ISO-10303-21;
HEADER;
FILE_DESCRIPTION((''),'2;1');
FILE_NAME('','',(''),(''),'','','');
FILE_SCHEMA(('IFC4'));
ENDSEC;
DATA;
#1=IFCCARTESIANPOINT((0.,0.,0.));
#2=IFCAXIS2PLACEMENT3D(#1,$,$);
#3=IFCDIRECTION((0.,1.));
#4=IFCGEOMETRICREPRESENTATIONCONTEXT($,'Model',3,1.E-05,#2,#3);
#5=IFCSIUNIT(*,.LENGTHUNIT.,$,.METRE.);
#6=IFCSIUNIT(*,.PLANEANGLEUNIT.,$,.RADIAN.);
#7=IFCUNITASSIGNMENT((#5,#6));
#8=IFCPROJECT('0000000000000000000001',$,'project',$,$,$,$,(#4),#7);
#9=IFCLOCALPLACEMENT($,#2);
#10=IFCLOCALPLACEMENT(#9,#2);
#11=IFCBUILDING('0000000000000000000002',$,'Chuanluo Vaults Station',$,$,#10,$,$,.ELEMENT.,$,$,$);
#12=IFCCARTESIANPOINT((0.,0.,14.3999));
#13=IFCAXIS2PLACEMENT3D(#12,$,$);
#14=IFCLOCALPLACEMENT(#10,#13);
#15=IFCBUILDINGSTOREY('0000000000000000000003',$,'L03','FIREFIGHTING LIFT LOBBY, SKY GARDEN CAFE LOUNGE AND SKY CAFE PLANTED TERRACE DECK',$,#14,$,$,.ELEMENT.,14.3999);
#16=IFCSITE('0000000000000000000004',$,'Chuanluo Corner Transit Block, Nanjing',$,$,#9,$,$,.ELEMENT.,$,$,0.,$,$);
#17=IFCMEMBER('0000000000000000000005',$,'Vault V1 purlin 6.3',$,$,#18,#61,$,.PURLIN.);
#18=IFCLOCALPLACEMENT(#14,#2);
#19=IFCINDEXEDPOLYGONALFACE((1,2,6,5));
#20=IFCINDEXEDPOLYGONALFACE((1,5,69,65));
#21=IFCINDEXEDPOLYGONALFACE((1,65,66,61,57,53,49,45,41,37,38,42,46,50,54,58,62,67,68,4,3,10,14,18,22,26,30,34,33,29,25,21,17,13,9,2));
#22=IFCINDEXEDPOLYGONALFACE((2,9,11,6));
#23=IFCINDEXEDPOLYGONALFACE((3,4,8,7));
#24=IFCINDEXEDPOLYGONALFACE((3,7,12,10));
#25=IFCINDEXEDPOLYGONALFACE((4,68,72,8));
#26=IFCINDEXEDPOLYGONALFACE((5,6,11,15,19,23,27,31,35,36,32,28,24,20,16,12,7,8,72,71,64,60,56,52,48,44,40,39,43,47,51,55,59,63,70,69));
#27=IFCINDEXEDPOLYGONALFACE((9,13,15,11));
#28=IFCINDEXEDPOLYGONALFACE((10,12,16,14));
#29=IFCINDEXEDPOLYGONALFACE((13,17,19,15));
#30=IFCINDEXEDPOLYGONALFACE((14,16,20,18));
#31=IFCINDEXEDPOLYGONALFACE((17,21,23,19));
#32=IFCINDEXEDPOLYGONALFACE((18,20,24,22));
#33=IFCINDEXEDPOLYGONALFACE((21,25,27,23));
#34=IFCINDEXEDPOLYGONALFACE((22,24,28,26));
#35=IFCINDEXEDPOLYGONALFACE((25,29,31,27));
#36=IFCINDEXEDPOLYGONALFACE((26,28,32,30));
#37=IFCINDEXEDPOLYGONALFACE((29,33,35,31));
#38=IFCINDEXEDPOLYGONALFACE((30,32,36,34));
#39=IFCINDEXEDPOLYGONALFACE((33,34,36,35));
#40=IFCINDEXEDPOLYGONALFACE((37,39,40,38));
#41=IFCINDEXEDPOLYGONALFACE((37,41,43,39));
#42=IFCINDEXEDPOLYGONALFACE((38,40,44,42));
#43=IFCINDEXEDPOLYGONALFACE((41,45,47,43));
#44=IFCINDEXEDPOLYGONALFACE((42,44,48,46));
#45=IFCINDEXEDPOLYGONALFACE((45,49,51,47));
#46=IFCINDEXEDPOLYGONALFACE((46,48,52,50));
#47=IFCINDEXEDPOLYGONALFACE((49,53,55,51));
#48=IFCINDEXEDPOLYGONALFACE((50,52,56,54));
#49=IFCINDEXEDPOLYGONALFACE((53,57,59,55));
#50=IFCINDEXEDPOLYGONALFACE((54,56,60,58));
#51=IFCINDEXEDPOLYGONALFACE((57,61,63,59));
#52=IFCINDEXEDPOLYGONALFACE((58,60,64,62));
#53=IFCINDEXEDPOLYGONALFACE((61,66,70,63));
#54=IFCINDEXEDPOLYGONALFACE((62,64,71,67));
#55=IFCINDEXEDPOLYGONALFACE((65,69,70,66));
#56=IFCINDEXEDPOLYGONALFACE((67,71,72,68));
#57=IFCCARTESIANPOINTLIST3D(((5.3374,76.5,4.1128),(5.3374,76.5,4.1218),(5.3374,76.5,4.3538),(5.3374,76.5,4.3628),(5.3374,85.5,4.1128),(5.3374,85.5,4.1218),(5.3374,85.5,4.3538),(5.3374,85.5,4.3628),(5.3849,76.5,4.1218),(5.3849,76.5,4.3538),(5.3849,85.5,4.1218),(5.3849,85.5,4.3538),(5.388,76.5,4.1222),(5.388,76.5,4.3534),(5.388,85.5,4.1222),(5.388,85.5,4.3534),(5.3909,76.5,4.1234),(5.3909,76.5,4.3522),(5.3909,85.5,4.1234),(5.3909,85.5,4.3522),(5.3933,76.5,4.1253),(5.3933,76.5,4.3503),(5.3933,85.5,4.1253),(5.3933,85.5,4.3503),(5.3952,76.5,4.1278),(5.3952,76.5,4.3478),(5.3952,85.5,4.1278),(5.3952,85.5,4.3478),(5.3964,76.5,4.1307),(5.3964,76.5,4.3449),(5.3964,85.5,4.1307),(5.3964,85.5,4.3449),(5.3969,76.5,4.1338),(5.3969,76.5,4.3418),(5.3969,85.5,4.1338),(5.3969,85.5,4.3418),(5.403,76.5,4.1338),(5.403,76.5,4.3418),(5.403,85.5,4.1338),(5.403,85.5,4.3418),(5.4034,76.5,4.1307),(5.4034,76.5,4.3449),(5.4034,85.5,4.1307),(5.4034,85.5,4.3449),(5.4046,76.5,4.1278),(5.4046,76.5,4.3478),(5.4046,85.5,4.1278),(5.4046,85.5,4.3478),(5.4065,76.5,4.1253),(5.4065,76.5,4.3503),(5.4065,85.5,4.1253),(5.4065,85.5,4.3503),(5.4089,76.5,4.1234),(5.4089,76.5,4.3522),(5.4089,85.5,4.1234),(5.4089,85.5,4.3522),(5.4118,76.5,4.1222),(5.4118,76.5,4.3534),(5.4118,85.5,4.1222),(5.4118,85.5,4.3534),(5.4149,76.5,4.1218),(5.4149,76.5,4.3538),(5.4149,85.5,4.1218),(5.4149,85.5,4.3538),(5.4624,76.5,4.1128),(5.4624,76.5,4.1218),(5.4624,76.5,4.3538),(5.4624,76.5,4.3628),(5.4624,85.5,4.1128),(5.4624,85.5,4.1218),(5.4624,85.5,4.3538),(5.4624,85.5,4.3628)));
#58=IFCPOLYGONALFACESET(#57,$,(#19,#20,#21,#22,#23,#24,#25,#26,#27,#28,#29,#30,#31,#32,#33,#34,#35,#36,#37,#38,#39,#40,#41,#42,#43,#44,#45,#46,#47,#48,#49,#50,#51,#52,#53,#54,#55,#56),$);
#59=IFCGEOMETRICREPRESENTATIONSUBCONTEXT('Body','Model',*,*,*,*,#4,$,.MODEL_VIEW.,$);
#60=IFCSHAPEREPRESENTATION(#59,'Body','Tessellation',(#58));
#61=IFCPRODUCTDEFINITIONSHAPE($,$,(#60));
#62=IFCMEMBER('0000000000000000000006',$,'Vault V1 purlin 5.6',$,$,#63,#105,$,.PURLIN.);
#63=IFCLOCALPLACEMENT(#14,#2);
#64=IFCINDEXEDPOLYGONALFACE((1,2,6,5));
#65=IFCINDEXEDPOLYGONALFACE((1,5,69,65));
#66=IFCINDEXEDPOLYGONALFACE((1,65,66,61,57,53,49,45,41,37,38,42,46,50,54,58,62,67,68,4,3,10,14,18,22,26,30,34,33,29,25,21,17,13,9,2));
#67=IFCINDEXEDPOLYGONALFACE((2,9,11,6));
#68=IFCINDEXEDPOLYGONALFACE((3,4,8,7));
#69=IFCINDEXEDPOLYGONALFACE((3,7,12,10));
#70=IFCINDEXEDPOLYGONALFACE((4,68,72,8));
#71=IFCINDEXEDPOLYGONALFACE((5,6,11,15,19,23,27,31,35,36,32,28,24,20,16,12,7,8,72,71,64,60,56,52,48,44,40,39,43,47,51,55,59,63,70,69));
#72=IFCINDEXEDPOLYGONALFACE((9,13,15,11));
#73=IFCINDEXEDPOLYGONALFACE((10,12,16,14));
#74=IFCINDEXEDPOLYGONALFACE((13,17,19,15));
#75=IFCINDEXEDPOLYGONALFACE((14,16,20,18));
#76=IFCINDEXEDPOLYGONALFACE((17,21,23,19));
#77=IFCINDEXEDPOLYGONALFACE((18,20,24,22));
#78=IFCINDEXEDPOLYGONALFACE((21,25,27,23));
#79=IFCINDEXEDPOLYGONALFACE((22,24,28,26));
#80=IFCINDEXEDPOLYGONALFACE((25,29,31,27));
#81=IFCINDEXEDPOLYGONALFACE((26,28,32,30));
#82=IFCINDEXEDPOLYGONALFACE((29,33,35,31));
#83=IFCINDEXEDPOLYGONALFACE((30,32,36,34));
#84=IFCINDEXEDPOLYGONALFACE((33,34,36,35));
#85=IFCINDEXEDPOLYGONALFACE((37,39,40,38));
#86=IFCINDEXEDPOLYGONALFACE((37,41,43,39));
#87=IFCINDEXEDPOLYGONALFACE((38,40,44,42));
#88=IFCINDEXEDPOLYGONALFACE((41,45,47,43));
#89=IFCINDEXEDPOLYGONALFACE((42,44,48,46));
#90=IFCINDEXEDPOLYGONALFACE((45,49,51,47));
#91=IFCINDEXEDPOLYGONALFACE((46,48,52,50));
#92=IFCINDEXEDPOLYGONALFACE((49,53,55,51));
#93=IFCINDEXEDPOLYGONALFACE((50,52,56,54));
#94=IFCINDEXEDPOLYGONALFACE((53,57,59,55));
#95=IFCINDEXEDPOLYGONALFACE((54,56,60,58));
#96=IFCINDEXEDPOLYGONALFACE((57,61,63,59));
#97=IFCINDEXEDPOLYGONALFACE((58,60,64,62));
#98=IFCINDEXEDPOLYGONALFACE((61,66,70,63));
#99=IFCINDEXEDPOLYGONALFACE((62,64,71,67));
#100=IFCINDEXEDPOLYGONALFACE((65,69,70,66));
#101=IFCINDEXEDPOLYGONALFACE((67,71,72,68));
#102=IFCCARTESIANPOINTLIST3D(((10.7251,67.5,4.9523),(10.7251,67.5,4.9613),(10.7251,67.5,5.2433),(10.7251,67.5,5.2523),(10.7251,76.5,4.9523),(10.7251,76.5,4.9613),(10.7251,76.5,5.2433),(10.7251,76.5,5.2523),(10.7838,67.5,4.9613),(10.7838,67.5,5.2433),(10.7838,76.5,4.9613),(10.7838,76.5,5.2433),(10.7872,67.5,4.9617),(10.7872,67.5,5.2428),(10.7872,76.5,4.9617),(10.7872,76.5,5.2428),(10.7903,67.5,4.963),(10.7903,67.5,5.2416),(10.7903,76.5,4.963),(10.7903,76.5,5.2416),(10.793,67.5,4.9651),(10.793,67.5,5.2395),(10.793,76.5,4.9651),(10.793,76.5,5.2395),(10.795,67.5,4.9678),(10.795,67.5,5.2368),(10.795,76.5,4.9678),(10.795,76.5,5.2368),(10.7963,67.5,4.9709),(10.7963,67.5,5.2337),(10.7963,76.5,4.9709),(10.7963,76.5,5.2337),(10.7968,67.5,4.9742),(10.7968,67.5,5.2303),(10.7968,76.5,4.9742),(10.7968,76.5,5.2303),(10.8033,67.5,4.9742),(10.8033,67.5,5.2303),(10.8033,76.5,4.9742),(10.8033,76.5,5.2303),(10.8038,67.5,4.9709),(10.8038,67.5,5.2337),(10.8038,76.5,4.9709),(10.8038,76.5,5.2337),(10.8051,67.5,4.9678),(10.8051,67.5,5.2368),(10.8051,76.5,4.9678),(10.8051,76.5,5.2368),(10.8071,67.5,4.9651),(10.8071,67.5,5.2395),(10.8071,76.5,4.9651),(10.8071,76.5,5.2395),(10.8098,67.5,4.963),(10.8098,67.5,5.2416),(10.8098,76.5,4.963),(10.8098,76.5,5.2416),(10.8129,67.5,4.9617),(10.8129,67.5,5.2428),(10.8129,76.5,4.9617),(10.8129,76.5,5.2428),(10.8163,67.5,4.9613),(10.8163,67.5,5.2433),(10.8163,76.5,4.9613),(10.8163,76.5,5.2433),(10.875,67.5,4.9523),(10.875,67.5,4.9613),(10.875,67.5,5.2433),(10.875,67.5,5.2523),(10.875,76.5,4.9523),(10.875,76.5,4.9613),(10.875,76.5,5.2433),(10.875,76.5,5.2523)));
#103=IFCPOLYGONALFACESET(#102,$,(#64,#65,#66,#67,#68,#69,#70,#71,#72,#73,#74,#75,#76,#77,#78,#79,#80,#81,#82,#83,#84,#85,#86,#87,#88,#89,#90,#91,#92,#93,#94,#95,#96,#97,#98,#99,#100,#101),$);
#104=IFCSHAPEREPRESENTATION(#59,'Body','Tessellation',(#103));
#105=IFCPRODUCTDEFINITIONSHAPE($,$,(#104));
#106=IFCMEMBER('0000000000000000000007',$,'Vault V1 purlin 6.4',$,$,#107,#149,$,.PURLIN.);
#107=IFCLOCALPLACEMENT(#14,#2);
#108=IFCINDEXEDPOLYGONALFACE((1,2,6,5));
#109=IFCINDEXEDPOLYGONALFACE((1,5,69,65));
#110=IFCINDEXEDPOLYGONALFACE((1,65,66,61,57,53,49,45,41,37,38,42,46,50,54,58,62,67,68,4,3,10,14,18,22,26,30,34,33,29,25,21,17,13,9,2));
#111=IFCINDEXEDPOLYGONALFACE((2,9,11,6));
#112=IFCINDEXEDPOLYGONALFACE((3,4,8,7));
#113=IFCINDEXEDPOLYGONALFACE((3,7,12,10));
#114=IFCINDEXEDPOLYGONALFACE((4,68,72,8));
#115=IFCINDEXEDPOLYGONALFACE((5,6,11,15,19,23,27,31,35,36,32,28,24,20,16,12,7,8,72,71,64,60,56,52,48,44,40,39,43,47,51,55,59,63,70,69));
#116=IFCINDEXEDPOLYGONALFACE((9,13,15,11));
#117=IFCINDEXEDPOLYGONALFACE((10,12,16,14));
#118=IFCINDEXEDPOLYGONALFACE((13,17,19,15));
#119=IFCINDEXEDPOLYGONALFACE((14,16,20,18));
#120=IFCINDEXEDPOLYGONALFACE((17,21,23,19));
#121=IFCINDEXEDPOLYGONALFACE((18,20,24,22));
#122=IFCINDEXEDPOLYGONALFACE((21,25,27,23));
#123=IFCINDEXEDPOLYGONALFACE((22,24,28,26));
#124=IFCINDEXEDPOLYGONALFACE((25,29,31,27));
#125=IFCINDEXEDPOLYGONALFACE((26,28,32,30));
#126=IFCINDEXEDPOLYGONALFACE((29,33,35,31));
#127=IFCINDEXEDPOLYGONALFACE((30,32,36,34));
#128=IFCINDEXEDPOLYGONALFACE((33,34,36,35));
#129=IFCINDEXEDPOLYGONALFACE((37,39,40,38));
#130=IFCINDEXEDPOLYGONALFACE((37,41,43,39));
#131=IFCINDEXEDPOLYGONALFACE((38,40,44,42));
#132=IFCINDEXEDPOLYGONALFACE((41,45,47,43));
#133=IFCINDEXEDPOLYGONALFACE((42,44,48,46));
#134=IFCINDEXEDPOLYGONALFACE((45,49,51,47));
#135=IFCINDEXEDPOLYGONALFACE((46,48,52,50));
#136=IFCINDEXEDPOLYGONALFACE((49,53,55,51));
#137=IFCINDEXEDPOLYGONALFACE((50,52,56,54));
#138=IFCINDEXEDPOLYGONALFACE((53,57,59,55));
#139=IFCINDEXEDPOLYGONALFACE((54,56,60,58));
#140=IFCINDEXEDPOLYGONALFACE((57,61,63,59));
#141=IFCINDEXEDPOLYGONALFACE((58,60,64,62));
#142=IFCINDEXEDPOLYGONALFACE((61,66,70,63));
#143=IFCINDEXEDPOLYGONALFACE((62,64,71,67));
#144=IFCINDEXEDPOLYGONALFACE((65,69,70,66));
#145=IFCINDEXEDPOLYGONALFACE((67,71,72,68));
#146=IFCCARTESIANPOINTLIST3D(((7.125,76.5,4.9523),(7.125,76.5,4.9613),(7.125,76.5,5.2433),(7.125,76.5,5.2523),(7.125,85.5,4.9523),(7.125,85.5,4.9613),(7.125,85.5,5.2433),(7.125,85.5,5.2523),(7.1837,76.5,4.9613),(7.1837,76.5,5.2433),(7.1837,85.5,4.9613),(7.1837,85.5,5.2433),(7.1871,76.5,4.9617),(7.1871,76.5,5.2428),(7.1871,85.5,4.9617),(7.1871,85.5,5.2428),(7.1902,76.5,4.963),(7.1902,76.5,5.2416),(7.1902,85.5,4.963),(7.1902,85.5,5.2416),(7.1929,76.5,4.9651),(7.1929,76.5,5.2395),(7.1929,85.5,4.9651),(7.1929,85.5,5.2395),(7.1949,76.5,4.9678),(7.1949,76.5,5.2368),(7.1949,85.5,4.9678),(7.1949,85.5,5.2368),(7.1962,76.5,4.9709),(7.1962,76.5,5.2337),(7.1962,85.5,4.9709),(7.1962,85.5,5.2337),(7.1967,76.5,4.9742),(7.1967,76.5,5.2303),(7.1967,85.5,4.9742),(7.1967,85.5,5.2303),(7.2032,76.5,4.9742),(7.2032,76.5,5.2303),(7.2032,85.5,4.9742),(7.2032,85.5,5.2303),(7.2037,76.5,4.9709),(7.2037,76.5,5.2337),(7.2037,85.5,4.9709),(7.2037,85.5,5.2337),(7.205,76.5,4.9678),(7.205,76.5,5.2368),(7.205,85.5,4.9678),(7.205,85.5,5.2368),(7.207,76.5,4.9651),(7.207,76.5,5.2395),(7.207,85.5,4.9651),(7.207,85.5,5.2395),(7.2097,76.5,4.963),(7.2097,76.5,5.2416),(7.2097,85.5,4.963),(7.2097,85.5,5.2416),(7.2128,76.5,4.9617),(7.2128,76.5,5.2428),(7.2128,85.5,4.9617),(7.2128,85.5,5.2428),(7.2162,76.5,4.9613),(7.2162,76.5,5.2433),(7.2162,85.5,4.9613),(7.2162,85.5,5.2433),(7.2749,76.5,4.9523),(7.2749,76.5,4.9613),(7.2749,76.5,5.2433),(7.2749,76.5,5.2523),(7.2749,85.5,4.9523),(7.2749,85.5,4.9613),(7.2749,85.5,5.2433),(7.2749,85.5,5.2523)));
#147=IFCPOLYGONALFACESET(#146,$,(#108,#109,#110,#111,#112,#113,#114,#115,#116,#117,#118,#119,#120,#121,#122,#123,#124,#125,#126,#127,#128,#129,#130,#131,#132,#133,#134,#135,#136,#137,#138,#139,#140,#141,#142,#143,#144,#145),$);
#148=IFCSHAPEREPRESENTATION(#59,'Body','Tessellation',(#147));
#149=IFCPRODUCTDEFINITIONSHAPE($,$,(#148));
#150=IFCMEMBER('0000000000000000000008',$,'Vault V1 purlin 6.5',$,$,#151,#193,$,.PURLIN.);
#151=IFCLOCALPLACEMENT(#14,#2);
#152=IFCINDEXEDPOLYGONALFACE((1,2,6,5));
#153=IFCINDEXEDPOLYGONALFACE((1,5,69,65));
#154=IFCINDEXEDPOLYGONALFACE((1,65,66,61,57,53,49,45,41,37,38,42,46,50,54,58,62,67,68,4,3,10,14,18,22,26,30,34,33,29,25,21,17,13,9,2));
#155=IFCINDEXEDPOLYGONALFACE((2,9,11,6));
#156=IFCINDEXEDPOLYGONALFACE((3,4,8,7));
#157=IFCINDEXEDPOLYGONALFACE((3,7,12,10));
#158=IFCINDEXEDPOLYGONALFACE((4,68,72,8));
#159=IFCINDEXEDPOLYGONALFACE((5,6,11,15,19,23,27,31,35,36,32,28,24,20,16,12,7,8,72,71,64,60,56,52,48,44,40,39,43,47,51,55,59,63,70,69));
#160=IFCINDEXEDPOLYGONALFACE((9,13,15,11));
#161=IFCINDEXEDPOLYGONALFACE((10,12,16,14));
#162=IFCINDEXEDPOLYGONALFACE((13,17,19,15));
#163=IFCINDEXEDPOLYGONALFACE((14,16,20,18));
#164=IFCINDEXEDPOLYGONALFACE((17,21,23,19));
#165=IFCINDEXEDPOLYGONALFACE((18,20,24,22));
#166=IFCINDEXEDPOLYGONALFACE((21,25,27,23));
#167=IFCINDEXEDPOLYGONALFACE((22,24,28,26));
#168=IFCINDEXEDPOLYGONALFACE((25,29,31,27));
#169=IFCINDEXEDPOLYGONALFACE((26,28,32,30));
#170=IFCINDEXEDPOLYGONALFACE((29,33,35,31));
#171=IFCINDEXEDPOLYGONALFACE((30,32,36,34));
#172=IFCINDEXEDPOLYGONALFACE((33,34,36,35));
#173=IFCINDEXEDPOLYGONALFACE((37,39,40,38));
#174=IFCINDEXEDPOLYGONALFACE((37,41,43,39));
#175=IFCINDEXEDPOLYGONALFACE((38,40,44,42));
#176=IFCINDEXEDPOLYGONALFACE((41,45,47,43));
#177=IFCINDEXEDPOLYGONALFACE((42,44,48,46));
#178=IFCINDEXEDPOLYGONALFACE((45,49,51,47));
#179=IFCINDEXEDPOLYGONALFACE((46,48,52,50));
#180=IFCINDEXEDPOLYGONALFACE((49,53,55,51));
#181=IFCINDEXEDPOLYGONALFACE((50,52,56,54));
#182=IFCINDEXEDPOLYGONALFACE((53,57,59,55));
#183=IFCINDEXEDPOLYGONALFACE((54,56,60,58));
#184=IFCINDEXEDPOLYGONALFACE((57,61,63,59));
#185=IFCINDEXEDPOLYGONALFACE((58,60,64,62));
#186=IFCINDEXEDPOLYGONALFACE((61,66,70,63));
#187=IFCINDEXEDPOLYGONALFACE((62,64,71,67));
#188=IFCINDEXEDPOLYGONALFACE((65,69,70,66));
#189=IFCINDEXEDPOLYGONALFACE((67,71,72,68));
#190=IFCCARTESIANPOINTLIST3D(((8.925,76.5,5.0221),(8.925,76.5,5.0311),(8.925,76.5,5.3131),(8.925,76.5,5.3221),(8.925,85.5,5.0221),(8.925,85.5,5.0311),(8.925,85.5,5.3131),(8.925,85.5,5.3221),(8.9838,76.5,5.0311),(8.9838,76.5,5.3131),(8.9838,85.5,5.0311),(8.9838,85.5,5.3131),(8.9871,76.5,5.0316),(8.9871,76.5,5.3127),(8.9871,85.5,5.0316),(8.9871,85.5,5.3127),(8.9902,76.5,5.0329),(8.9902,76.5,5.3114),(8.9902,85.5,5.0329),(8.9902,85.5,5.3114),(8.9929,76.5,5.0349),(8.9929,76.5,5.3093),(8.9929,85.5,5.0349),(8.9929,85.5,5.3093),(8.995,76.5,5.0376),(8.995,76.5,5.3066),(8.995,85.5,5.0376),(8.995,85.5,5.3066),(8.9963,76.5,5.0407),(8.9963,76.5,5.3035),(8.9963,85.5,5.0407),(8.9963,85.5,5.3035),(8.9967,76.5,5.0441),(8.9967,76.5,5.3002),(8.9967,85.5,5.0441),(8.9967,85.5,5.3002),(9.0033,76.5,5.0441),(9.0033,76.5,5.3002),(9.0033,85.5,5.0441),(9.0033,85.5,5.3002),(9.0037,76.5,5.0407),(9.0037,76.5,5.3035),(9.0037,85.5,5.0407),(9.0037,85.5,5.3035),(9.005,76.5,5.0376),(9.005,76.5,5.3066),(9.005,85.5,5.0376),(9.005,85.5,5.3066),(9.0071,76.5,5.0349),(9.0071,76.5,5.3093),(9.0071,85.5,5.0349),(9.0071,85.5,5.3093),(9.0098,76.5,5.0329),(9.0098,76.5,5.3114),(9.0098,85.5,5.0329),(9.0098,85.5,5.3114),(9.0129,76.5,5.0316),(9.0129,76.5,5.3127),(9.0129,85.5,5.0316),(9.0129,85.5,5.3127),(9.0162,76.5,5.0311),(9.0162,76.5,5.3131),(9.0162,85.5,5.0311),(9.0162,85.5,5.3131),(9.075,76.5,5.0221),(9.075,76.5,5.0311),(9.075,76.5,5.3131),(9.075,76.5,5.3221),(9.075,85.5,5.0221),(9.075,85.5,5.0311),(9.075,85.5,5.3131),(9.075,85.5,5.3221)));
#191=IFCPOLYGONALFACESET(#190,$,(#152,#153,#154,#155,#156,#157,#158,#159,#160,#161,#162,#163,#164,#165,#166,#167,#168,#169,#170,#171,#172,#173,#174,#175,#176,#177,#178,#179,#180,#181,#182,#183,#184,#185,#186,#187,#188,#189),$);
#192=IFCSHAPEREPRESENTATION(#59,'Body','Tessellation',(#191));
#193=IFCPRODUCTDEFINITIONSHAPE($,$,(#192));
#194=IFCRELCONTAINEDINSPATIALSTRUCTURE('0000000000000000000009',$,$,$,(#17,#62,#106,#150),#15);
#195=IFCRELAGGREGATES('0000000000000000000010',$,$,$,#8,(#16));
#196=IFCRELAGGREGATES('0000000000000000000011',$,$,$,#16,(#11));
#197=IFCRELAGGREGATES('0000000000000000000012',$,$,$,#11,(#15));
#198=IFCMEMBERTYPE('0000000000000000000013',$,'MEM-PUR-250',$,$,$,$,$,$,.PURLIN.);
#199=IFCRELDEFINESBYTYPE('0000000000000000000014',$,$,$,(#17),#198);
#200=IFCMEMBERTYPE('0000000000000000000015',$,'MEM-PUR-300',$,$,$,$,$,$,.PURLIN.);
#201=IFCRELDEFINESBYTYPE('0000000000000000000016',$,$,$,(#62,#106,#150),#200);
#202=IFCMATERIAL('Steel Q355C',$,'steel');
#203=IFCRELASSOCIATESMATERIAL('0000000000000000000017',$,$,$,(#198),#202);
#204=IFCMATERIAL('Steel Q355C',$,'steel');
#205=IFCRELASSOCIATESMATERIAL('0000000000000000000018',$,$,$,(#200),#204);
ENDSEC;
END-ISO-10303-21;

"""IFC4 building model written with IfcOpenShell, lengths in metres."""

from ifc_helpers import new_model, si_unit, direction, frame, origin, origin_2d, place, context, subcontext, project, spatial, i_section, extrude, material, material_profile, profile_set, type_object, element, save


model = new_model("IFC4")

# Units and contexts
model_context = context("Model", 3, precision=1e-05, world=origin(), true_north=direction((0.0, 1.0)))
body_context = subcontext(model_context, "Body", "Model", "MODEL_VIEW")
ifc_project = project(units=[si_unit("LENGTHUNIT", "METRE"), si_unit("PLANEANGLEUNIT", "RADIAN")], contexts=[model_context])

# Site, building, storey
site_placement = place(None, origin())
site = spatial("IfcSite", under=ifc_project, at=site_placement, Name="Chuanluo Corner Transit Block, Nanjing", CompositionType="ELEMENT", RefElevation=0.0)
building_placement = place(site_placement, origin())
building = spatial("IfcBuilding", under=site, at=building_placement, Name="Chuanluo Vaults Station", CompositionType="ELEMENT")
storey_placement = place(building_placement, frame((0.0, 0.0, 14.3999)))
storey = spatial("IfcBuildingStorey", under=building, at=storey_placement, Name="L03", Description="FIREFIGHTING LIFT LOBBY, SKY GARDEN CAFE LOUNGE AND SKY CAFE PLANTED TERRACE DECK", CompositionType="ELEMENT", Elevation=14.3999)

# Members
ifc_material_1 = material(Name="Steel Q355C", Category="steel")
ifc_material_profile_1 = material_profile(ifc_material_1, i_section(OverallWidth=0.125, OverallDepth=0.25, WebThickness=0.0061, FlangeThickness=0.009, FilletRadius=0.012, at=origin_2d()))
ifc_profile_set_1 = profile_set([ifc_material_profile_1], Name="Steel Q355C")
member_type_1 = type_object("IfcMemberType", Name="MEM-PUR-250", PredefinedType="PURLIN", material=ifc_profile_set_1)
for number, where, z_axis, x_axis, name in (
    (1, (5.3999, 76.5, 4.2378), (0.0, 1.0, 0.0), (-1.0, 0.0, 0.0), "Vault V1 purlin 6.3"),
):
    element("IfcMember", number, at=place(storey_placement, frame(where, z_axis=z_axis, x_axis=x_axis)), inside=storey, type_object=member_type_1, Name=name, PredefinedType="PURLIN", context=body_context, shape_type="SweptSolid", body=[
        extrude(i_section(OverallWidth=0.125, OverallDepth=0.25, WebThickness=0.0061, FlangeThickness=0.009, FilletRadius=0.012, at=origin_2d()), origin(), (0.0, 0.0, 1.0), 9.0),
    ])
ifc_material_2 = material(Name="Steel Q355C", Category="steel")
ifc_material_profile_2 = material_profile(ifc_material_2, i_section(OverallWidth=0.1499, OverallDepth=0.3, WebThickness=0.0066, FlangeThickness=0.009, FilletRadius=0.0129, at=origin_2d()))
ifc_profile_set_2 = profile_set([ifc_material_profile_2], Name="Steel Q355C")
member_type_2 = type_object("IfcMemberType", Name="MEM-PUR-300", PredefinedType="PURLIN", material=ifc_profile_set_2)
for number, where, z_axis, x_axis, name in (
    (2, (10.8, 67.5, 5.1023), (0.0, 1.0, 0.0), (-1.0, 0.0, 0.0), "Vault V1 purlin 5.6"),
    (3, (7.2, 76.5, 5.1023), (0.0, 1.0, 0.0), (-1.0, 0.0, 0.0), "Vault V1 purlin 6.4"),
    (4, (9.0, 76.5, 5.1721), (0.0, 1.0, 0.0), (-1.0, 0.0, 0.0), "Vault V1 purlin 6.5"),
):
    element("IfcMember", number, at=place(storey_placement, frame(where, z_axis=z_axis, x_axis=x_axis)), inside=storey, type_object=member_type_2, Name=name, PredefinedType="PURLIN", context=body_context, shape_type="SweptSolid", body=[
        extrude(i_section(OverallWidth=0.1499, OverallDepth=0.3, WebThickness=0.0066, FlangeThickness=0.009, FilletRadius=0.0129, at=origin_2d()), origin(), (0.0, 0.0, 1.0), 9.0),
    ])

save(model, "model.ifc")
